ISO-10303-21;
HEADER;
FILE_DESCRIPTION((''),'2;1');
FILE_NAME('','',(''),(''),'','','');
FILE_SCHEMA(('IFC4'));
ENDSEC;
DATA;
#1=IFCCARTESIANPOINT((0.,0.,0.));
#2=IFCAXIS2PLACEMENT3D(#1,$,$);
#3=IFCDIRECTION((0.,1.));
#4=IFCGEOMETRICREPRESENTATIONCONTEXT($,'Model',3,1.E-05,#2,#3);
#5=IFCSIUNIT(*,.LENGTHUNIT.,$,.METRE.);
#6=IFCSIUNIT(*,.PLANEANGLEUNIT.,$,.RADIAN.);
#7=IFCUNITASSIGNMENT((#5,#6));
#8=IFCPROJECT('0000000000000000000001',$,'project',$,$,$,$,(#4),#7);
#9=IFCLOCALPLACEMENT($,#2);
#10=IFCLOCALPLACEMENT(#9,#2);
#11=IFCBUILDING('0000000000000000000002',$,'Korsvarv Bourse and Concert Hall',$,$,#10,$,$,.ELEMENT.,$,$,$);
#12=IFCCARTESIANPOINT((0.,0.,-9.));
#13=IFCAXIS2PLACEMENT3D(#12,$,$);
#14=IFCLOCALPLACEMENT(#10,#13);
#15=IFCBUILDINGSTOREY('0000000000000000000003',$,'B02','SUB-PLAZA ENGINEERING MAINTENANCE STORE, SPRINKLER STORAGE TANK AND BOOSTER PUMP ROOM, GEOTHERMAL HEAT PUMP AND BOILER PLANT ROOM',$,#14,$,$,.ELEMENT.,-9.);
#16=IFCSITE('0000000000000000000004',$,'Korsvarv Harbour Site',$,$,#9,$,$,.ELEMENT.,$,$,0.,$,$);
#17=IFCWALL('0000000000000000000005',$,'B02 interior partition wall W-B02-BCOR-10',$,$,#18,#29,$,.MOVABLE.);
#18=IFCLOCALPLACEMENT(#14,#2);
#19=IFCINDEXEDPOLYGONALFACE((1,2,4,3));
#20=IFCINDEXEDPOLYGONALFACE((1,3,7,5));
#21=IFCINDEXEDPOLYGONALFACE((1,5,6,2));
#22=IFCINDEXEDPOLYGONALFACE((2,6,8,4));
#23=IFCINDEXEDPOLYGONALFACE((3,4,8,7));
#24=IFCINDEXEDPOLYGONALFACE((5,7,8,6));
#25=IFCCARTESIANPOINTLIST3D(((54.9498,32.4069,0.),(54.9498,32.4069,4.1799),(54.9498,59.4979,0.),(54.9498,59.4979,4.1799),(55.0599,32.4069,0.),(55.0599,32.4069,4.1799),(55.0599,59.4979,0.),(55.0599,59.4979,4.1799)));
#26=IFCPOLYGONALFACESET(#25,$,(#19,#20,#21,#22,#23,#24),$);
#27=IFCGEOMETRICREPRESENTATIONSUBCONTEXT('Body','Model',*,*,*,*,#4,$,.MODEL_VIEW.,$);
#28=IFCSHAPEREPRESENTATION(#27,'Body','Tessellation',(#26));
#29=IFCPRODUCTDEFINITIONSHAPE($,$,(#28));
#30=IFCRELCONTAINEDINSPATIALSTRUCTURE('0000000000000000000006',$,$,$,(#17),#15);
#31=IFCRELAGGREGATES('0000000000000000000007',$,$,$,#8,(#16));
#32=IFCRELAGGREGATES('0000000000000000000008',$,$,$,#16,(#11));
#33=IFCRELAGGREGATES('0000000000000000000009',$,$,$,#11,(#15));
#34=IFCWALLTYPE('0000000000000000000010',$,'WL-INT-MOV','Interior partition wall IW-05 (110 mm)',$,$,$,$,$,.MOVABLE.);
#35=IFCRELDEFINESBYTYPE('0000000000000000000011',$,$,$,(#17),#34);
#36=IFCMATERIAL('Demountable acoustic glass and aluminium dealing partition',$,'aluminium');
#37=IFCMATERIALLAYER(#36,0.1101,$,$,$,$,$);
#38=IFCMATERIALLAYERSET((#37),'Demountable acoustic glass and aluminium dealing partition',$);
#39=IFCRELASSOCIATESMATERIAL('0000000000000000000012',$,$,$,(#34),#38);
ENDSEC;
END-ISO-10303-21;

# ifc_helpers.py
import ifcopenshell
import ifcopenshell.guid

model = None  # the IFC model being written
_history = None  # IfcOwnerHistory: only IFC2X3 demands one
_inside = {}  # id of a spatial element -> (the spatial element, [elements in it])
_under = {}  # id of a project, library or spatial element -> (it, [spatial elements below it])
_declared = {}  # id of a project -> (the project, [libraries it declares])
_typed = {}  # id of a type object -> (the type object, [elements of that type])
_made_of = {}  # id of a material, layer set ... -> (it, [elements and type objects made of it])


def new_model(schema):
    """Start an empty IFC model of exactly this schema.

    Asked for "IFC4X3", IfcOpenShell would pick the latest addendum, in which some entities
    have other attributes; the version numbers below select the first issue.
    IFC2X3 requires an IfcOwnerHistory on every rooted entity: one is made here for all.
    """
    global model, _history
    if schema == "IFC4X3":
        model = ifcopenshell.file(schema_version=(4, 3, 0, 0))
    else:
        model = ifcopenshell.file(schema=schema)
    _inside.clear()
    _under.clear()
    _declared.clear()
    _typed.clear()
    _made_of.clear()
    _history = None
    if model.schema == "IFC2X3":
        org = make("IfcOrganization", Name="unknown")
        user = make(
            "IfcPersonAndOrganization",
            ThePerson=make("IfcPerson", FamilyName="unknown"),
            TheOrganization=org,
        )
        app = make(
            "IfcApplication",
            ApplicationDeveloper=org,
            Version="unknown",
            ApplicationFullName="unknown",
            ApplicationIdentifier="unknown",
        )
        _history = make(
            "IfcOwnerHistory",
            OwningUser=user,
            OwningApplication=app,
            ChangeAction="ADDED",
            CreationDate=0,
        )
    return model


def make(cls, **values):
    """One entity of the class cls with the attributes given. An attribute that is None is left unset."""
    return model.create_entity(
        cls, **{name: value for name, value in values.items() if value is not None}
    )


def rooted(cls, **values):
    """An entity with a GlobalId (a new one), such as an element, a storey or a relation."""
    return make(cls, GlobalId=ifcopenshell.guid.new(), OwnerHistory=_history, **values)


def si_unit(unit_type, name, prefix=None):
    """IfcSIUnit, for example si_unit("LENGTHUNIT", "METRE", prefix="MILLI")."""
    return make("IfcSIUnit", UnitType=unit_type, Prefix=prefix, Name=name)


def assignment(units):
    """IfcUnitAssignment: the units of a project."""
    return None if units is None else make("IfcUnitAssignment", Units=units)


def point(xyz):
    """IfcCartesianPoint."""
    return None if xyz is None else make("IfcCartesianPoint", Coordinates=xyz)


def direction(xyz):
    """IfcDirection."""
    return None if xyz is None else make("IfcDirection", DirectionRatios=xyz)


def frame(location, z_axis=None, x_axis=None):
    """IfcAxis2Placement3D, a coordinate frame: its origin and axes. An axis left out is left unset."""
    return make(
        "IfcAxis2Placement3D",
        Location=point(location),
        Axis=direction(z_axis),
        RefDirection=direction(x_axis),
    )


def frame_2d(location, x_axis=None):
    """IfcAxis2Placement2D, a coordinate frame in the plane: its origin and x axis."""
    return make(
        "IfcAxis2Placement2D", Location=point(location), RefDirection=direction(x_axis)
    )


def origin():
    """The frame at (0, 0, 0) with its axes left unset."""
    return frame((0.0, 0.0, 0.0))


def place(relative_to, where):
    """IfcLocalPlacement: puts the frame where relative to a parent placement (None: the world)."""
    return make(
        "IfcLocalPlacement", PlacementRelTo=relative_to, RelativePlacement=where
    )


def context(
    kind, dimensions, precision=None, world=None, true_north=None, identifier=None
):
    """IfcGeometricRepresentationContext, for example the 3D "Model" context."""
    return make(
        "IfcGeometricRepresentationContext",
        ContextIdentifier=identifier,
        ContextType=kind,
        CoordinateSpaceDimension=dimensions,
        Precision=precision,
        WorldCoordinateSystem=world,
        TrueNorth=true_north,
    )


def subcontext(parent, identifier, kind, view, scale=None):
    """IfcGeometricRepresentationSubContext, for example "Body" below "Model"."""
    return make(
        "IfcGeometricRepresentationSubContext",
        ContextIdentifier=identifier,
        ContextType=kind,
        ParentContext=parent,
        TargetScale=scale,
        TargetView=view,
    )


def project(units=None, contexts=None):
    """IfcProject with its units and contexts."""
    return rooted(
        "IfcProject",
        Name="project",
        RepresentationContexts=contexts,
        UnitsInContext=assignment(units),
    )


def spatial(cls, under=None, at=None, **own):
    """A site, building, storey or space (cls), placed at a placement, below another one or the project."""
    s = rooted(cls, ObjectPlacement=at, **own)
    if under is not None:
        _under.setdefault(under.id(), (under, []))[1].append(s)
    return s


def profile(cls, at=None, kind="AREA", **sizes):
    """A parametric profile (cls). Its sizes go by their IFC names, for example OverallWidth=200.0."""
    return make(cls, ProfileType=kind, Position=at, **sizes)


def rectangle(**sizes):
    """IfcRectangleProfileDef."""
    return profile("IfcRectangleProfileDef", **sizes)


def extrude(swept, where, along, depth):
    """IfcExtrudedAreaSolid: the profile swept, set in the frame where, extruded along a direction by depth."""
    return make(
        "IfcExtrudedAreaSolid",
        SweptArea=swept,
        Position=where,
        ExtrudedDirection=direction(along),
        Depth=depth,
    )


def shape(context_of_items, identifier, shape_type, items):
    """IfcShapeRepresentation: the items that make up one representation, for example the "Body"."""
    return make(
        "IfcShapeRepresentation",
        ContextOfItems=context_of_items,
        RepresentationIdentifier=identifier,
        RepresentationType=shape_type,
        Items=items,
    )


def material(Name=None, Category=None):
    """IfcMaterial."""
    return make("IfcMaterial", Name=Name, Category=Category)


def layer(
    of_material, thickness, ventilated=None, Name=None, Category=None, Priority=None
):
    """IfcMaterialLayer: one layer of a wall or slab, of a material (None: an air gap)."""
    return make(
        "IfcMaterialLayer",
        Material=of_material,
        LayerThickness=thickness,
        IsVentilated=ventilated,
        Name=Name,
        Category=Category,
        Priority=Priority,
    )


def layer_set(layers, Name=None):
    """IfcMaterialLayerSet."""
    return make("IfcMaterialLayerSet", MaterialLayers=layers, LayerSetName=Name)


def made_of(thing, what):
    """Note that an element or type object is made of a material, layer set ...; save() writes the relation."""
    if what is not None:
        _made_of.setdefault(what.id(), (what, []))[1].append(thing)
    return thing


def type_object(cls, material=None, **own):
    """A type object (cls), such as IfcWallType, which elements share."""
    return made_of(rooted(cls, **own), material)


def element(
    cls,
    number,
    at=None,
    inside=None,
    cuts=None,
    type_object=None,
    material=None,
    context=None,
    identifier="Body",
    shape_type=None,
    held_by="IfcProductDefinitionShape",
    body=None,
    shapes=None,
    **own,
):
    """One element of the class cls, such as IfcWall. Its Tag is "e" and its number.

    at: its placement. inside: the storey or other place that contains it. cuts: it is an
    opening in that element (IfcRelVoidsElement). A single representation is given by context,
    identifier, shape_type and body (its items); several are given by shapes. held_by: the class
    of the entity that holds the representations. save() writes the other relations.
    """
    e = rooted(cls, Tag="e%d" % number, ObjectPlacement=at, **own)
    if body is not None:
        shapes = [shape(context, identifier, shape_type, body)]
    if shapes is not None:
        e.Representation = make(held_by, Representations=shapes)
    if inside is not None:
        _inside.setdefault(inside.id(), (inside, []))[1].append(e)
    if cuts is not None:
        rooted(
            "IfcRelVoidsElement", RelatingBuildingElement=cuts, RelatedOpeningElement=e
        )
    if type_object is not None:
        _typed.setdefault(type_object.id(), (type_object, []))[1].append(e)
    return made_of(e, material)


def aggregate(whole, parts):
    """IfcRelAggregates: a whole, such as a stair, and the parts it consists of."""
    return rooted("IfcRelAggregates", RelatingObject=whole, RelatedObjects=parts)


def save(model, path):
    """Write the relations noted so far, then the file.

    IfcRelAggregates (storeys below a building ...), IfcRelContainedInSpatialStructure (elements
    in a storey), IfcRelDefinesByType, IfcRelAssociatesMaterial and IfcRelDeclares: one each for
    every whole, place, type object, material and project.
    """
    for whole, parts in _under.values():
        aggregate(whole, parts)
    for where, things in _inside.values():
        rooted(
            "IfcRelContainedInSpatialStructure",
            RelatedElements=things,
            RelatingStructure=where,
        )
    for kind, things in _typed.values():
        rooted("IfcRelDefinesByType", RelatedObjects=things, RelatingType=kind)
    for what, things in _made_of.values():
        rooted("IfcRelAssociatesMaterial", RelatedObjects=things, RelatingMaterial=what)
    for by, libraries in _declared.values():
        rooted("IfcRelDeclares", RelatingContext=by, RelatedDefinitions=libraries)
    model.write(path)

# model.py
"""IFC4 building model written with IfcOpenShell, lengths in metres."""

from ifc_helpers import new_model, si_unit, direction, frame, frame_2d, origin, place, context, subcontext, project, spatial, rectangle, extrude, material, layer, layer_set, type_object, element, save


model = new_model("IFC4")

# Units and contexts
model_context = context("Model", 3, precision=1e-05, world=origin(), true_north=direction((0.0, 1.0)))
body_context = subcontext(model_context, "Body", "Model", "MODEL_VIEW")
ifc_project = project(units=[si_unit("LENGTHUNIT", "METRE"), si_unit("PLANEANGLEUNIT", "RADIAN")], contexts=[model_context])

# Site, building, storey
site_placement = place(None, origin())
site = spatial("IfcSite", under=ifc_project, at=site_placement, Name="Korsvarv Harbour Site", CompositionType="ELEMENT", RefElevation=0.0)
building_placement = place(site_placement, origin())
building = spatial("IfcBuilding", under=site, at=building_placement, Name="Korsvarv Bourse and Concert Hall", CompositionType="ELEMENT")
storey_placement = place(building_placement, frame((0.0, 0.0, -9.0)))
storey = spatial("IfcBuildingStorey", under=building, at=storey_placement, Name="B02", Description="SUB-PLAZA ENGINEERING MAINTENANCE STORE, SPRINKLER STORAGE TANK AND BOOSTER PUMP ROOM, GEOTHERMAL HEAT PUMP AND BOILER PLANT ROOM", CompositionType="ELEMENT", Elevation=-9.0)

# Wall
ifc_material_1 = material(Name="Demountable acoustic glass and aluminium dealing partition", Category="aluminium")
ifc_layer_1 = layer(ifc_material_1, 0.1101)
ifc_layer_set_1 = layer_set([ifc_layer_1], Name="Demountable acoustic glass and aluminium dealing partition")
wall_type_1 = type_object("IfcWallType", Name="WL-INT-MOV", Description="Interior partition wall IW-05 (110 mm)", PredefinedType="MOVABLE", material=ifc_layer_set_1)
wall_1_placement = place(storey_placement, frame((55.0049, 32.407, 0.0), z_axis=(0.0, 0.0, 1.0), x_axis=(0.0, 1.0, 0.0)))
element("IfcWall", 1, at=wall_1_placement, inside=storey, type_object=wall_type_1, Name="B02 interior partition wall W-B02-BCOR-10", PredefinedType="MOVABLE", context=body_context, shape_type="SweptSolid", body=[
    extrude(rectangle(XDim=27.0911, YDim=0.1101, at=frame_2d((13.5454, 0.0))), origin(), (0.0, 0.0, 1.0), 4.1799),
])

save(model, "model.ifc")
